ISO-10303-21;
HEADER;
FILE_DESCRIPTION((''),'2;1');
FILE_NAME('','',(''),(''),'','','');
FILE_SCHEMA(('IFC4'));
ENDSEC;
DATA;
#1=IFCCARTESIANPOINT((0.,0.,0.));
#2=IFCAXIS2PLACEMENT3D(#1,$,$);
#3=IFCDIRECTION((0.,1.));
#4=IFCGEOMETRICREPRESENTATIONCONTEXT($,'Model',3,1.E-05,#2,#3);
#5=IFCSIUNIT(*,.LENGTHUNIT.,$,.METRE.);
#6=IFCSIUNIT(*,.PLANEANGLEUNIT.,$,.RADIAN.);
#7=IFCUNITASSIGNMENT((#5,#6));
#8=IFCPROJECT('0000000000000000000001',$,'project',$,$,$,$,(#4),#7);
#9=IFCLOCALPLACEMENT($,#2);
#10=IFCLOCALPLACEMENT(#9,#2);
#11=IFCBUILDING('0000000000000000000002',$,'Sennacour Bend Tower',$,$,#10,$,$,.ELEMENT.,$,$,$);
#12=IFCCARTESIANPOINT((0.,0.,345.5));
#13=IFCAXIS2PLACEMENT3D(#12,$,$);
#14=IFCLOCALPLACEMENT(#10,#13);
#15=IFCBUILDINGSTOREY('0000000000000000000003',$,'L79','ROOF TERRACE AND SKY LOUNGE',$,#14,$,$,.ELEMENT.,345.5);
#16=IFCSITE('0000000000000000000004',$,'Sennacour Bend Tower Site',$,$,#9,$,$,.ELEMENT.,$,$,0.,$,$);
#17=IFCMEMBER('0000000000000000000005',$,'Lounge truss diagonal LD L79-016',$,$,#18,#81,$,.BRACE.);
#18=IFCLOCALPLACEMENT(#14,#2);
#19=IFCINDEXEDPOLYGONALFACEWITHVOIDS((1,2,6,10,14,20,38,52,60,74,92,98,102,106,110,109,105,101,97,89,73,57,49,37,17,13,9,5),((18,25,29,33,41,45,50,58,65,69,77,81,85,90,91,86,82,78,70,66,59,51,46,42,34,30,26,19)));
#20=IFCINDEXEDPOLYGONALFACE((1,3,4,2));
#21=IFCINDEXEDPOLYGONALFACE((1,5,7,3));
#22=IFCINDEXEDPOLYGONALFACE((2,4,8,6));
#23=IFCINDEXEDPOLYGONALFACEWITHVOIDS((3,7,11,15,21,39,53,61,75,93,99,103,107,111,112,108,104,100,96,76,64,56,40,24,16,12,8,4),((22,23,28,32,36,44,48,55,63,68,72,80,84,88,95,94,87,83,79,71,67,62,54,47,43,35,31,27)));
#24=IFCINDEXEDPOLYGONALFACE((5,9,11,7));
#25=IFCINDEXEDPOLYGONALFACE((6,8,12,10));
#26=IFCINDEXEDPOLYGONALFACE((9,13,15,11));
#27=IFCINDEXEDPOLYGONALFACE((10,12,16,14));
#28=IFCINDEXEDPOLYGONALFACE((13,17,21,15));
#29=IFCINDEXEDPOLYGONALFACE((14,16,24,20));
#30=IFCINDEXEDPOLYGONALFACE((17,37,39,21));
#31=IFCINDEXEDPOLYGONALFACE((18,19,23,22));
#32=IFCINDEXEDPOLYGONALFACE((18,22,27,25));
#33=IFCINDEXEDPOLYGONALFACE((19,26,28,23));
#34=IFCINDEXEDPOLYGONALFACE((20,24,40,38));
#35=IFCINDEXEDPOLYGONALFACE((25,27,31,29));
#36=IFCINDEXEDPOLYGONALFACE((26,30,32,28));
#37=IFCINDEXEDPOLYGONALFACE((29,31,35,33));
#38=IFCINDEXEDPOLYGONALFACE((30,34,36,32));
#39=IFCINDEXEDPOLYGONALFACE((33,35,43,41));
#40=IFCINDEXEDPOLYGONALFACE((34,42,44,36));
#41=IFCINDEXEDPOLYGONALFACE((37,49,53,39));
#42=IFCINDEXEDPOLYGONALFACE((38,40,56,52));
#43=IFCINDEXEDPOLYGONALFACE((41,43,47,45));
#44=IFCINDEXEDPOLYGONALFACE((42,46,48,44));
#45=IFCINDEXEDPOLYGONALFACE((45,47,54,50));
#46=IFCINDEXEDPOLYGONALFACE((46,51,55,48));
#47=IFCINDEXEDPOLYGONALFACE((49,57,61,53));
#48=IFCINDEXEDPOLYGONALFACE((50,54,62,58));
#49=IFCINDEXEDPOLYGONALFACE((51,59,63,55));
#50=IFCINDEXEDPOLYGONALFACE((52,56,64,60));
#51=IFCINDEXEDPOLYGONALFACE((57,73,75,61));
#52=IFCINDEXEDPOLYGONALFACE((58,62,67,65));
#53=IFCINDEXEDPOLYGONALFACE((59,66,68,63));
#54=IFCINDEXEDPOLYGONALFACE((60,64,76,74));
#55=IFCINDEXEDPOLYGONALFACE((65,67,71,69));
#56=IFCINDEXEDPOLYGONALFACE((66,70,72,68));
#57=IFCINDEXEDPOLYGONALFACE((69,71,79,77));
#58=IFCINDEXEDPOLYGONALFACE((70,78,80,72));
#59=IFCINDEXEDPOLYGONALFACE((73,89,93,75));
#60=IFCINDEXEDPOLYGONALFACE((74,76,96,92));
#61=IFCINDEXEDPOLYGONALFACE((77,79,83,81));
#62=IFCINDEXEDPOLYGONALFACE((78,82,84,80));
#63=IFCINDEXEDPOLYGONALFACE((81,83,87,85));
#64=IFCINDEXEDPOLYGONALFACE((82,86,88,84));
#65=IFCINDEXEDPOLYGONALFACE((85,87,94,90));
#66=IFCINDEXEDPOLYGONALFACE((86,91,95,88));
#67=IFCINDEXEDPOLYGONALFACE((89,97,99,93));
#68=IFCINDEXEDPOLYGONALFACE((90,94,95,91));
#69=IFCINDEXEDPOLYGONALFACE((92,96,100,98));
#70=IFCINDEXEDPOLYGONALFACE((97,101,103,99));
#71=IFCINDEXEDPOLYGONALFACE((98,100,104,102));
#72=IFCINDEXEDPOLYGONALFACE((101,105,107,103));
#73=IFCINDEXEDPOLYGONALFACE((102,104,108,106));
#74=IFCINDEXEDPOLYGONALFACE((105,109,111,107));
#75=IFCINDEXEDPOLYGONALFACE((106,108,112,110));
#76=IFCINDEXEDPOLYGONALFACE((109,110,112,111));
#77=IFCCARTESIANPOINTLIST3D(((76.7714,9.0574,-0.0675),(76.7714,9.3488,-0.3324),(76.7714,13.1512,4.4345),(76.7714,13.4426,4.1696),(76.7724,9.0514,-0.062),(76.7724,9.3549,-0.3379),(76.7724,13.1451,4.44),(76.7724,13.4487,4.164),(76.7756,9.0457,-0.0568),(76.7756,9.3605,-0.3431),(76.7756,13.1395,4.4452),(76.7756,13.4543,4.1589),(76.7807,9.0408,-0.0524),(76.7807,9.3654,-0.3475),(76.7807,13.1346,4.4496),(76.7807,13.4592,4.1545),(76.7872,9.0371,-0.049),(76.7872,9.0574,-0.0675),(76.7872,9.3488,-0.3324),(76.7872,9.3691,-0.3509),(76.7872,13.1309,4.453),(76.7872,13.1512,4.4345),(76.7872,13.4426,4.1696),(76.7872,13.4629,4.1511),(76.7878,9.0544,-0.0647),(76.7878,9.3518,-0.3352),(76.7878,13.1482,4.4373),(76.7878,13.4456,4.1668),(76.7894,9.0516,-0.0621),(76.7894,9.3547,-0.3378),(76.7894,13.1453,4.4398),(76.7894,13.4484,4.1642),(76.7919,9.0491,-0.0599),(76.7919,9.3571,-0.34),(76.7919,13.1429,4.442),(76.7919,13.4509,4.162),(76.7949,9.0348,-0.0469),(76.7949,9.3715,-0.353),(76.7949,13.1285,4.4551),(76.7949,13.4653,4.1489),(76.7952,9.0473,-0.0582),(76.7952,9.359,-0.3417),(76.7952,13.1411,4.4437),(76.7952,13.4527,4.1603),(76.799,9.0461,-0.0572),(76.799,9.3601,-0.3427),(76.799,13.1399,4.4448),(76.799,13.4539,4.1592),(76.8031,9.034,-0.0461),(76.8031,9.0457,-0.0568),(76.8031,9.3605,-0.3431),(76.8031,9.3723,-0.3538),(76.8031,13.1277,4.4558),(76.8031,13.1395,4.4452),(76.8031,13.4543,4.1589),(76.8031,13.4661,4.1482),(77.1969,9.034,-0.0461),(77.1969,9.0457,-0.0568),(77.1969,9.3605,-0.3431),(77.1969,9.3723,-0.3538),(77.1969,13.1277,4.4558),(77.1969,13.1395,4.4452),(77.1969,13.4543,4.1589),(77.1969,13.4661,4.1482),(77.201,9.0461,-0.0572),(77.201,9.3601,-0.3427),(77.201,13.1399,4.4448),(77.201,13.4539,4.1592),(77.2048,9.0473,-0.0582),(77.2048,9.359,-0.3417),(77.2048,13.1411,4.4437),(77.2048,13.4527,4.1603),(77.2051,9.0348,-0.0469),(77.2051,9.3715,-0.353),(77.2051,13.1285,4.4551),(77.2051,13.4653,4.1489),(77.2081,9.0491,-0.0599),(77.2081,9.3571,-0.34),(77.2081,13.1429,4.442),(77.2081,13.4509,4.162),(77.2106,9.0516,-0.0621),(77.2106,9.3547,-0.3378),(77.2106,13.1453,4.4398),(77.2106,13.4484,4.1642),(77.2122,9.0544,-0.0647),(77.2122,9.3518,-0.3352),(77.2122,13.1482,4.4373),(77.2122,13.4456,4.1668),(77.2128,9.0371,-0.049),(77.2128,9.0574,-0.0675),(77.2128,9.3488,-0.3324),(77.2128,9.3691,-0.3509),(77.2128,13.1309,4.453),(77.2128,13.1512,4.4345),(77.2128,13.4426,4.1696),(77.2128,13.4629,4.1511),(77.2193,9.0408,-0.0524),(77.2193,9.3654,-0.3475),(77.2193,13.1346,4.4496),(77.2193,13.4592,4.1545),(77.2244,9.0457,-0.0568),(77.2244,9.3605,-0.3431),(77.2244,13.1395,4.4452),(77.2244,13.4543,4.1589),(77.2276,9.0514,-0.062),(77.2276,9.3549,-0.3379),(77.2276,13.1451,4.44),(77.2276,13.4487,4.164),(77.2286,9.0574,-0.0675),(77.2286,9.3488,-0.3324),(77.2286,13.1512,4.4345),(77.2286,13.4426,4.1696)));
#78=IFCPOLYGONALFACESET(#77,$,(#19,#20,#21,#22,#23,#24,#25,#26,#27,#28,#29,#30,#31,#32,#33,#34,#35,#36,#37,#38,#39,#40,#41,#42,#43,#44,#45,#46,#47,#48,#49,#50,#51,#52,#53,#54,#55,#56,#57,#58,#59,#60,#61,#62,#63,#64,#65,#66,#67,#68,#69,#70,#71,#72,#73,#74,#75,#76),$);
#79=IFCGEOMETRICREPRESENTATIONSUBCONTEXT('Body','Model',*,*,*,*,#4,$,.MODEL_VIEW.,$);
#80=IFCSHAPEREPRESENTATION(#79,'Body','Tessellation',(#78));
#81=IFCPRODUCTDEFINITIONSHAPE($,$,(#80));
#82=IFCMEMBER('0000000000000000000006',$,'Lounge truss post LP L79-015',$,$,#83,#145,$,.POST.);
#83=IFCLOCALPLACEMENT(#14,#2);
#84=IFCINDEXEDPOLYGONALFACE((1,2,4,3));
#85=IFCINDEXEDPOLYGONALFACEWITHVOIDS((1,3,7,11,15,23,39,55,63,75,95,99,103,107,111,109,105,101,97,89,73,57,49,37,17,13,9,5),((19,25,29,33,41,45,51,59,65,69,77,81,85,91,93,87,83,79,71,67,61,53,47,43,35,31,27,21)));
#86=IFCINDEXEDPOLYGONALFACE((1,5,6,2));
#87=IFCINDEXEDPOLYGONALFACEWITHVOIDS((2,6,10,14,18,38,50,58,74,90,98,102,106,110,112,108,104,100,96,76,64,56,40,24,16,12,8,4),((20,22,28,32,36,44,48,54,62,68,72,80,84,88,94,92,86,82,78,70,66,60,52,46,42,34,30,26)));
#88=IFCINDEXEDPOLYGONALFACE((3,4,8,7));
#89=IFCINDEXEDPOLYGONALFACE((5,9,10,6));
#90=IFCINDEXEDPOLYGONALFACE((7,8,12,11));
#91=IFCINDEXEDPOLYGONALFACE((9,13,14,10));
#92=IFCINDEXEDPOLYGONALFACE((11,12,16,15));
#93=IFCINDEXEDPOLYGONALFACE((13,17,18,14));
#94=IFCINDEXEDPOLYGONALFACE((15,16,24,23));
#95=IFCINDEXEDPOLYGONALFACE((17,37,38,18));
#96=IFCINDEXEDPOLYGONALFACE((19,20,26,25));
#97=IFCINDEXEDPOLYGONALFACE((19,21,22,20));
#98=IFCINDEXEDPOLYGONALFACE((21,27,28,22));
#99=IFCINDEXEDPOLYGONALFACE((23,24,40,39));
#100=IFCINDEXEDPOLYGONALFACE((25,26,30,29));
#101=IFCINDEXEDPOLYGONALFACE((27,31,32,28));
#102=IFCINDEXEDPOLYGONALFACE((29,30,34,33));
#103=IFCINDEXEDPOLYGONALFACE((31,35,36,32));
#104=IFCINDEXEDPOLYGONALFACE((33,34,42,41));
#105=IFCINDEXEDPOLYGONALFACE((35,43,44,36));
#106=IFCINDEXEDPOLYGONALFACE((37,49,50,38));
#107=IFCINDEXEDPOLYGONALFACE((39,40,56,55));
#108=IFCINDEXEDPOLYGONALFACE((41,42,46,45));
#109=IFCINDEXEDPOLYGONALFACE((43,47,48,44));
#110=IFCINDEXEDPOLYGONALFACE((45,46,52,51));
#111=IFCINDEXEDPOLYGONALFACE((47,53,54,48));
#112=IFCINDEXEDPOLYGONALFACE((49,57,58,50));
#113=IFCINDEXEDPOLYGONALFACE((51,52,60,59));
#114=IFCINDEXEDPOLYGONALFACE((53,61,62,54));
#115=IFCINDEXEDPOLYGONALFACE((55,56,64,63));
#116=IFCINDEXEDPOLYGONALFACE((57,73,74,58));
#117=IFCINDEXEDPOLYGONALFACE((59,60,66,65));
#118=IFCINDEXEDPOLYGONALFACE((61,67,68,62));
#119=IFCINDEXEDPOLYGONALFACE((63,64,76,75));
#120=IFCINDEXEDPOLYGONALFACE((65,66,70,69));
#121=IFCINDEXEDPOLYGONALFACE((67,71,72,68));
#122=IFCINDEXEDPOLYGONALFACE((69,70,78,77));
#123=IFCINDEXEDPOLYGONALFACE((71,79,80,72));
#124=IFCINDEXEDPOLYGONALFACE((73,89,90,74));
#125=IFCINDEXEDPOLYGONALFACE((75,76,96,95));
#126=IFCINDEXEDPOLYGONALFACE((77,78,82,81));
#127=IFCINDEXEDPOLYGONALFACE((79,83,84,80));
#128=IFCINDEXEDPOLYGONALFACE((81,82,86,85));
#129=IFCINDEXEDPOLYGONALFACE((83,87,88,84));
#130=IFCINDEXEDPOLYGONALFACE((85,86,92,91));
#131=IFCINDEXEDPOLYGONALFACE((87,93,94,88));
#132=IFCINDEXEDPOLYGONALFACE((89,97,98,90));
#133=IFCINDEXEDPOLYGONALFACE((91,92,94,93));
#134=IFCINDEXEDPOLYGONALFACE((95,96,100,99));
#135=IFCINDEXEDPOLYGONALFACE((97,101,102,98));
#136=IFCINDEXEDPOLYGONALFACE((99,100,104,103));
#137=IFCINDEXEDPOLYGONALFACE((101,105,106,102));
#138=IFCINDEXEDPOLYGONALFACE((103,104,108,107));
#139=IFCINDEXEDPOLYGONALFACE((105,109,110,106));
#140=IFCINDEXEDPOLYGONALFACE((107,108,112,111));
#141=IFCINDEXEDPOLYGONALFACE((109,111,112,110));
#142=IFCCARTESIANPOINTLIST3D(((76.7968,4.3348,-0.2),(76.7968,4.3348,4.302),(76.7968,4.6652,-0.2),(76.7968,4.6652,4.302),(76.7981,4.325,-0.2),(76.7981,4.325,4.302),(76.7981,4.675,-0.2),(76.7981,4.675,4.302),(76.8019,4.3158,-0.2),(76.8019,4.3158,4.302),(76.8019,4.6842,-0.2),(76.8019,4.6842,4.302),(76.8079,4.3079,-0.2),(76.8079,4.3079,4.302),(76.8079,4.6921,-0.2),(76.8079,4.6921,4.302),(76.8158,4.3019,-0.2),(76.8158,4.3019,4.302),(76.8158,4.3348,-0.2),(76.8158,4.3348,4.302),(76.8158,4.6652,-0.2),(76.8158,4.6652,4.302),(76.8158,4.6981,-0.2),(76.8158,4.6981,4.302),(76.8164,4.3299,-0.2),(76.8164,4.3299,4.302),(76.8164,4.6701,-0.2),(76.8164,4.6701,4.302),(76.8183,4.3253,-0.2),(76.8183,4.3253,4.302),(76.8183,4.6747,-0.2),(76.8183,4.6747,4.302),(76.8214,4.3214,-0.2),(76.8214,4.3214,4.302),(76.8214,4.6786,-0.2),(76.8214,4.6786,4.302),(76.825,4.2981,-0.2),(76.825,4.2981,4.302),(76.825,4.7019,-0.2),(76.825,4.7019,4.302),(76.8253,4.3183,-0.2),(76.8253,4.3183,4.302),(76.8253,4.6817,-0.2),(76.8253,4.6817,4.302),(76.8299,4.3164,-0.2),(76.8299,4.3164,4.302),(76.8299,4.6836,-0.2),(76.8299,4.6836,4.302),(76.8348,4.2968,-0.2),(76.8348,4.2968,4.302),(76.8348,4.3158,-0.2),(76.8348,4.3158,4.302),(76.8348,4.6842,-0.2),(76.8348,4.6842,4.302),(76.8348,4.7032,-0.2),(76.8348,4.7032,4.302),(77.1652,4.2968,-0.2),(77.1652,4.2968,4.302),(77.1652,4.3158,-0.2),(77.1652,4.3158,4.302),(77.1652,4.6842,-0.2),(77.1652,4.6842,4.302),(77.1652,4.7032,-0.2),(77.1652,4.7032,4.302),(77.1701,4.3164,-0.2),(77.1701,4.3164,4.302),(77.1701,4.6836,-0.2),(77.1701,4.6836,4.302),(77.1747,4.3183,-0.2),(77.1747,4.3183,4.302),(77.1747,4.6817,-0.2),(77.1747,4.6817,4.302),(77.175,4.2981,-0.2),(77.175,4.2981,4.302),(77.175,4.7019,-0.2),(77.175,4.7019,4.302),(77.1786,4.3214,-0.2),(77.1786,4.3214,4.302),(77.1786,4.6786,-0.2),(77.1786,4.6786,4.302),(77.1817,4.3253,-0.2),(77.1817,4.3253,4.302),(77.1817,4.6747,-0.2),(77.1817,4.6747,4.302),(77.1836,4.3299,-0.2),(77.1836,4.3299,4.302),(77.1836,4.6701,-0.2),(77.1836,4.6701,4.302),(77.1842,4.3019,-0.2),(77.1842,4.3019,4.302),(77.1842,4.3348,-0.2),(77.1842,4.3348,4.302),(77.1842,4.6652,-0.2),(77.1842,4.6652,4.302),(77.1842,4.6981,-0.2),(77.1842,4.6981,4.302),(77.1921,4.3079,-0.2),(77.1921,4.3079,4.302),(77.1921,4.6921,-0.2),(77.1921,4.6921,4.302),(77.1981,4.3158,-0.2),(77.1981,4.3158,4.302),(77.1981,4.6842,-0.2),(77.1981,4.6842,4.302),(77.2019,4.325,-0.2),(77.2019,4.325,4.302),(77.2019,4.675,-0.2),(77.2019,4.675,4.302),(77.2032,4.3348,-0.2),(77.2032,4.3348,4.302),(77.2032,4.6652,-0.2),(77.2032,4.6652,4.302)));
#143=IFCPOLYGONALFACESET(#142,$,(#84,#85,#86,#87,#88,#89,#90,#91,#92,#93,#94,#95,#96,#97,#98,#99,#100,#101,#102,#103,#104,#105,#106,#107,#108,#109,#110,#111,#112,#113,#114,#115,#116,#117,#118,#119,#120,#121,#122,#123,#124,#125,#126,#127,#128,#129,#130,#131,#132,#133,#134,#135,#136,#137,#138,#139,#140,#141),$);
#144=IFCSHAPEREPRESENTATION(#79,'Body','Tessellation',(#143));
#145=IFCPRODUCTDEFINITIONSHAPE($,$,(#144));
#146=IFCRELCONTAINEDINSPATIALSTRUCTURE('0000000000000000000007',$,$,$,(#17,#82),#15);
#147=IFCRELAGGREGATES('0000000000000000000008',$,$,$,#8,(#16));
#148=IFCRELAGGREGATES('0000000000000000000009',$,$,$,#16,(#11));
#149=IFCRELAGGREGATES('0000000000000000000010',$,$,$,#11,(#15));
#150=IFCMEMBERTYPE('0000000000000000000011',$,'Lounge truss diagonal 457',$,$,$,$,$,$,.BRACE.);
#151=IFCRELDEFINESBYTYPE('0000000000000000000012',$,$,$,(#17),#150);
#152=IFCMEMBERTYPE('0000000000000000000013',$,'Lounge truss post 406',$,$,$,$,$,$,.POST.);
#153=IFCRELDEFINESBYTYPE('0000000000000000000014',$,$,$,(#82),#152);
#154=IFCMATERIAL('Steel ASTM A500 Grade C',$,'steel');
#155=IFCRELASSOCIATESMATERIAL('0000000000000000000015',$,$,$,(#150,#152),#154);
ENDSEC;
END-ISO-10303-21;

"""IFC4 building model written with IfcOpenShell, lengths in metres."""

from ifc_helpers import new_model, si_unit, direction, frame, origin, origin_2d, place, context, subcontext, project, spatial, hollow_rectangle, extrude, material, material_profile, profile_set, type_object, element, save


model = new_model("IFC4")

# Units and contexts
model_context = context("Model", 3, precision=1e-05, world=origin(), true_north=direction((0.0, 1.0)))
body_context = subcontext(model_context, "Body", "Model", "MODEL_VIEW")
ifc_project = project(units=[si_unit("LENGTHUNIT", "METRE"), si_unit("PLANEANGLEUNIT", "RADIAN")], contexts=[model_context])

# Site, building, storey
site_placement = place(None, origin())
site = spatial("IfcSite", under=ifc_project, at=site_placement, Name="Sennacour Bend Tower Site", CompositionType="ELEMENT", RefElevation=0.0)
building_placement = place(site_placement, origin())
building = spatial("IfcBuilding", under=site, at=building_placement, Name="Sennacour Bend Tower", CompositionType="ELEMENT")
storey_placement = place(building_placement, frame((0.0, 0.0, 345.5)))
storey = spatial("IfcBuildingStorey", under=building, at=storey_placement, Name="L79", Description="ROOF TERRACE AND SKY LOUNGE", CompositionType="ELEMENT", Elevation=345.5)

# Members
ifc_material_1 = material(Name="Steel ASTM A500 Grade C", Category="steel")
ifc_material_profile_1 = material_profile(ifc_material_1, hollow_rectangle(XDim=0.4573, YDim=0.4573, WallThickness=0.0159, InnerFilletRadius=0.0159, OuterFilletRadius=0.0317, at=origin_2d()), Name="Steel ASTM A500 Grade C", Category="steel")
ifc_profile_set_1 = profile_set([ifc_material_profile_1], Name="Steel ASTM A500 Grade C")
member_type_1 = type_object("IfcMemberType", Name="Lounge truss diagonal 457", PredefinedType="BRACE", material=ifc_profile_set_1)
for number, where, z_axis, x_axis, name in (
    (1, (77.0, 9.2031, -0.2), (0.0, 0.672769, 0.739853), (-1.0, 0.0, 0.0), "Lounge truss diagonal LD L79-016"),
):
    element("IfcMember", number, at=place(storey_placement, frame(where, z_axis=z_axis, x_axis=x_axis)), inside=storey, type_object=member_type_1, Name=name, PredefinedType="BRACE", context=body_context, shape_type="SweptSolid", body=[
        extrude(hollow_rectangle(XDim=0.4573, YDim=0.4573, WallThickness=0.0159, InnerFilletRadius=0.0159, OuterFilletRadius=0.0317, at=origin_2d()), origin(), (0.0, 0.0, 1.0), 6.085),
    ])
ifc_material_profile_2 = material_profile(ifc_material_1, hollow_rectangle(XDim=0.4065, YDim=0.4065, WallThickness=0.019, InnerFilletRadius=0.019, OuterFilletRadius=0.0381, at=origin_2d()), Name="Steel ASTM A500 Grade C", Category="steel")
ifc_profile_set_2 = profile_set([ifc_material_profile_2], Name="Steel ASTM A500 Grade C")
member_type_2 = type_object("IfcMemberType", Name="Lounge truss post 406", PredefinedType="POST", material=ifc_profile_set_2)
for number, where, z_axis, x_axis, name in (
    (2, (77.0, 4.5, -0.2), (0.0, 0.0, 1.0), (1.0, 0.0, 0.0), "Lounge truss post LP L79-015"),
):
    element("IfcMember", number, at=place(storey_placement, frame(where, z_axis=z_axis, x_axis=x_axis)), inside=storey, type_object=member_type_2, Name=name, PredefinedType="POST", context=body_context, shape_type="SweptSolid", body=[
        extrude(hollow_rectangle(XDim=0.4065, YDim=0.4065, WallThickness=0.019, InnerFilletRadius=0.019, OuterFilletRadius=0.0381, at=origin_2d()), origin(), (0.0, 0.0, 1.0), 4.502),
    ])

save(model, "model.ifc")
